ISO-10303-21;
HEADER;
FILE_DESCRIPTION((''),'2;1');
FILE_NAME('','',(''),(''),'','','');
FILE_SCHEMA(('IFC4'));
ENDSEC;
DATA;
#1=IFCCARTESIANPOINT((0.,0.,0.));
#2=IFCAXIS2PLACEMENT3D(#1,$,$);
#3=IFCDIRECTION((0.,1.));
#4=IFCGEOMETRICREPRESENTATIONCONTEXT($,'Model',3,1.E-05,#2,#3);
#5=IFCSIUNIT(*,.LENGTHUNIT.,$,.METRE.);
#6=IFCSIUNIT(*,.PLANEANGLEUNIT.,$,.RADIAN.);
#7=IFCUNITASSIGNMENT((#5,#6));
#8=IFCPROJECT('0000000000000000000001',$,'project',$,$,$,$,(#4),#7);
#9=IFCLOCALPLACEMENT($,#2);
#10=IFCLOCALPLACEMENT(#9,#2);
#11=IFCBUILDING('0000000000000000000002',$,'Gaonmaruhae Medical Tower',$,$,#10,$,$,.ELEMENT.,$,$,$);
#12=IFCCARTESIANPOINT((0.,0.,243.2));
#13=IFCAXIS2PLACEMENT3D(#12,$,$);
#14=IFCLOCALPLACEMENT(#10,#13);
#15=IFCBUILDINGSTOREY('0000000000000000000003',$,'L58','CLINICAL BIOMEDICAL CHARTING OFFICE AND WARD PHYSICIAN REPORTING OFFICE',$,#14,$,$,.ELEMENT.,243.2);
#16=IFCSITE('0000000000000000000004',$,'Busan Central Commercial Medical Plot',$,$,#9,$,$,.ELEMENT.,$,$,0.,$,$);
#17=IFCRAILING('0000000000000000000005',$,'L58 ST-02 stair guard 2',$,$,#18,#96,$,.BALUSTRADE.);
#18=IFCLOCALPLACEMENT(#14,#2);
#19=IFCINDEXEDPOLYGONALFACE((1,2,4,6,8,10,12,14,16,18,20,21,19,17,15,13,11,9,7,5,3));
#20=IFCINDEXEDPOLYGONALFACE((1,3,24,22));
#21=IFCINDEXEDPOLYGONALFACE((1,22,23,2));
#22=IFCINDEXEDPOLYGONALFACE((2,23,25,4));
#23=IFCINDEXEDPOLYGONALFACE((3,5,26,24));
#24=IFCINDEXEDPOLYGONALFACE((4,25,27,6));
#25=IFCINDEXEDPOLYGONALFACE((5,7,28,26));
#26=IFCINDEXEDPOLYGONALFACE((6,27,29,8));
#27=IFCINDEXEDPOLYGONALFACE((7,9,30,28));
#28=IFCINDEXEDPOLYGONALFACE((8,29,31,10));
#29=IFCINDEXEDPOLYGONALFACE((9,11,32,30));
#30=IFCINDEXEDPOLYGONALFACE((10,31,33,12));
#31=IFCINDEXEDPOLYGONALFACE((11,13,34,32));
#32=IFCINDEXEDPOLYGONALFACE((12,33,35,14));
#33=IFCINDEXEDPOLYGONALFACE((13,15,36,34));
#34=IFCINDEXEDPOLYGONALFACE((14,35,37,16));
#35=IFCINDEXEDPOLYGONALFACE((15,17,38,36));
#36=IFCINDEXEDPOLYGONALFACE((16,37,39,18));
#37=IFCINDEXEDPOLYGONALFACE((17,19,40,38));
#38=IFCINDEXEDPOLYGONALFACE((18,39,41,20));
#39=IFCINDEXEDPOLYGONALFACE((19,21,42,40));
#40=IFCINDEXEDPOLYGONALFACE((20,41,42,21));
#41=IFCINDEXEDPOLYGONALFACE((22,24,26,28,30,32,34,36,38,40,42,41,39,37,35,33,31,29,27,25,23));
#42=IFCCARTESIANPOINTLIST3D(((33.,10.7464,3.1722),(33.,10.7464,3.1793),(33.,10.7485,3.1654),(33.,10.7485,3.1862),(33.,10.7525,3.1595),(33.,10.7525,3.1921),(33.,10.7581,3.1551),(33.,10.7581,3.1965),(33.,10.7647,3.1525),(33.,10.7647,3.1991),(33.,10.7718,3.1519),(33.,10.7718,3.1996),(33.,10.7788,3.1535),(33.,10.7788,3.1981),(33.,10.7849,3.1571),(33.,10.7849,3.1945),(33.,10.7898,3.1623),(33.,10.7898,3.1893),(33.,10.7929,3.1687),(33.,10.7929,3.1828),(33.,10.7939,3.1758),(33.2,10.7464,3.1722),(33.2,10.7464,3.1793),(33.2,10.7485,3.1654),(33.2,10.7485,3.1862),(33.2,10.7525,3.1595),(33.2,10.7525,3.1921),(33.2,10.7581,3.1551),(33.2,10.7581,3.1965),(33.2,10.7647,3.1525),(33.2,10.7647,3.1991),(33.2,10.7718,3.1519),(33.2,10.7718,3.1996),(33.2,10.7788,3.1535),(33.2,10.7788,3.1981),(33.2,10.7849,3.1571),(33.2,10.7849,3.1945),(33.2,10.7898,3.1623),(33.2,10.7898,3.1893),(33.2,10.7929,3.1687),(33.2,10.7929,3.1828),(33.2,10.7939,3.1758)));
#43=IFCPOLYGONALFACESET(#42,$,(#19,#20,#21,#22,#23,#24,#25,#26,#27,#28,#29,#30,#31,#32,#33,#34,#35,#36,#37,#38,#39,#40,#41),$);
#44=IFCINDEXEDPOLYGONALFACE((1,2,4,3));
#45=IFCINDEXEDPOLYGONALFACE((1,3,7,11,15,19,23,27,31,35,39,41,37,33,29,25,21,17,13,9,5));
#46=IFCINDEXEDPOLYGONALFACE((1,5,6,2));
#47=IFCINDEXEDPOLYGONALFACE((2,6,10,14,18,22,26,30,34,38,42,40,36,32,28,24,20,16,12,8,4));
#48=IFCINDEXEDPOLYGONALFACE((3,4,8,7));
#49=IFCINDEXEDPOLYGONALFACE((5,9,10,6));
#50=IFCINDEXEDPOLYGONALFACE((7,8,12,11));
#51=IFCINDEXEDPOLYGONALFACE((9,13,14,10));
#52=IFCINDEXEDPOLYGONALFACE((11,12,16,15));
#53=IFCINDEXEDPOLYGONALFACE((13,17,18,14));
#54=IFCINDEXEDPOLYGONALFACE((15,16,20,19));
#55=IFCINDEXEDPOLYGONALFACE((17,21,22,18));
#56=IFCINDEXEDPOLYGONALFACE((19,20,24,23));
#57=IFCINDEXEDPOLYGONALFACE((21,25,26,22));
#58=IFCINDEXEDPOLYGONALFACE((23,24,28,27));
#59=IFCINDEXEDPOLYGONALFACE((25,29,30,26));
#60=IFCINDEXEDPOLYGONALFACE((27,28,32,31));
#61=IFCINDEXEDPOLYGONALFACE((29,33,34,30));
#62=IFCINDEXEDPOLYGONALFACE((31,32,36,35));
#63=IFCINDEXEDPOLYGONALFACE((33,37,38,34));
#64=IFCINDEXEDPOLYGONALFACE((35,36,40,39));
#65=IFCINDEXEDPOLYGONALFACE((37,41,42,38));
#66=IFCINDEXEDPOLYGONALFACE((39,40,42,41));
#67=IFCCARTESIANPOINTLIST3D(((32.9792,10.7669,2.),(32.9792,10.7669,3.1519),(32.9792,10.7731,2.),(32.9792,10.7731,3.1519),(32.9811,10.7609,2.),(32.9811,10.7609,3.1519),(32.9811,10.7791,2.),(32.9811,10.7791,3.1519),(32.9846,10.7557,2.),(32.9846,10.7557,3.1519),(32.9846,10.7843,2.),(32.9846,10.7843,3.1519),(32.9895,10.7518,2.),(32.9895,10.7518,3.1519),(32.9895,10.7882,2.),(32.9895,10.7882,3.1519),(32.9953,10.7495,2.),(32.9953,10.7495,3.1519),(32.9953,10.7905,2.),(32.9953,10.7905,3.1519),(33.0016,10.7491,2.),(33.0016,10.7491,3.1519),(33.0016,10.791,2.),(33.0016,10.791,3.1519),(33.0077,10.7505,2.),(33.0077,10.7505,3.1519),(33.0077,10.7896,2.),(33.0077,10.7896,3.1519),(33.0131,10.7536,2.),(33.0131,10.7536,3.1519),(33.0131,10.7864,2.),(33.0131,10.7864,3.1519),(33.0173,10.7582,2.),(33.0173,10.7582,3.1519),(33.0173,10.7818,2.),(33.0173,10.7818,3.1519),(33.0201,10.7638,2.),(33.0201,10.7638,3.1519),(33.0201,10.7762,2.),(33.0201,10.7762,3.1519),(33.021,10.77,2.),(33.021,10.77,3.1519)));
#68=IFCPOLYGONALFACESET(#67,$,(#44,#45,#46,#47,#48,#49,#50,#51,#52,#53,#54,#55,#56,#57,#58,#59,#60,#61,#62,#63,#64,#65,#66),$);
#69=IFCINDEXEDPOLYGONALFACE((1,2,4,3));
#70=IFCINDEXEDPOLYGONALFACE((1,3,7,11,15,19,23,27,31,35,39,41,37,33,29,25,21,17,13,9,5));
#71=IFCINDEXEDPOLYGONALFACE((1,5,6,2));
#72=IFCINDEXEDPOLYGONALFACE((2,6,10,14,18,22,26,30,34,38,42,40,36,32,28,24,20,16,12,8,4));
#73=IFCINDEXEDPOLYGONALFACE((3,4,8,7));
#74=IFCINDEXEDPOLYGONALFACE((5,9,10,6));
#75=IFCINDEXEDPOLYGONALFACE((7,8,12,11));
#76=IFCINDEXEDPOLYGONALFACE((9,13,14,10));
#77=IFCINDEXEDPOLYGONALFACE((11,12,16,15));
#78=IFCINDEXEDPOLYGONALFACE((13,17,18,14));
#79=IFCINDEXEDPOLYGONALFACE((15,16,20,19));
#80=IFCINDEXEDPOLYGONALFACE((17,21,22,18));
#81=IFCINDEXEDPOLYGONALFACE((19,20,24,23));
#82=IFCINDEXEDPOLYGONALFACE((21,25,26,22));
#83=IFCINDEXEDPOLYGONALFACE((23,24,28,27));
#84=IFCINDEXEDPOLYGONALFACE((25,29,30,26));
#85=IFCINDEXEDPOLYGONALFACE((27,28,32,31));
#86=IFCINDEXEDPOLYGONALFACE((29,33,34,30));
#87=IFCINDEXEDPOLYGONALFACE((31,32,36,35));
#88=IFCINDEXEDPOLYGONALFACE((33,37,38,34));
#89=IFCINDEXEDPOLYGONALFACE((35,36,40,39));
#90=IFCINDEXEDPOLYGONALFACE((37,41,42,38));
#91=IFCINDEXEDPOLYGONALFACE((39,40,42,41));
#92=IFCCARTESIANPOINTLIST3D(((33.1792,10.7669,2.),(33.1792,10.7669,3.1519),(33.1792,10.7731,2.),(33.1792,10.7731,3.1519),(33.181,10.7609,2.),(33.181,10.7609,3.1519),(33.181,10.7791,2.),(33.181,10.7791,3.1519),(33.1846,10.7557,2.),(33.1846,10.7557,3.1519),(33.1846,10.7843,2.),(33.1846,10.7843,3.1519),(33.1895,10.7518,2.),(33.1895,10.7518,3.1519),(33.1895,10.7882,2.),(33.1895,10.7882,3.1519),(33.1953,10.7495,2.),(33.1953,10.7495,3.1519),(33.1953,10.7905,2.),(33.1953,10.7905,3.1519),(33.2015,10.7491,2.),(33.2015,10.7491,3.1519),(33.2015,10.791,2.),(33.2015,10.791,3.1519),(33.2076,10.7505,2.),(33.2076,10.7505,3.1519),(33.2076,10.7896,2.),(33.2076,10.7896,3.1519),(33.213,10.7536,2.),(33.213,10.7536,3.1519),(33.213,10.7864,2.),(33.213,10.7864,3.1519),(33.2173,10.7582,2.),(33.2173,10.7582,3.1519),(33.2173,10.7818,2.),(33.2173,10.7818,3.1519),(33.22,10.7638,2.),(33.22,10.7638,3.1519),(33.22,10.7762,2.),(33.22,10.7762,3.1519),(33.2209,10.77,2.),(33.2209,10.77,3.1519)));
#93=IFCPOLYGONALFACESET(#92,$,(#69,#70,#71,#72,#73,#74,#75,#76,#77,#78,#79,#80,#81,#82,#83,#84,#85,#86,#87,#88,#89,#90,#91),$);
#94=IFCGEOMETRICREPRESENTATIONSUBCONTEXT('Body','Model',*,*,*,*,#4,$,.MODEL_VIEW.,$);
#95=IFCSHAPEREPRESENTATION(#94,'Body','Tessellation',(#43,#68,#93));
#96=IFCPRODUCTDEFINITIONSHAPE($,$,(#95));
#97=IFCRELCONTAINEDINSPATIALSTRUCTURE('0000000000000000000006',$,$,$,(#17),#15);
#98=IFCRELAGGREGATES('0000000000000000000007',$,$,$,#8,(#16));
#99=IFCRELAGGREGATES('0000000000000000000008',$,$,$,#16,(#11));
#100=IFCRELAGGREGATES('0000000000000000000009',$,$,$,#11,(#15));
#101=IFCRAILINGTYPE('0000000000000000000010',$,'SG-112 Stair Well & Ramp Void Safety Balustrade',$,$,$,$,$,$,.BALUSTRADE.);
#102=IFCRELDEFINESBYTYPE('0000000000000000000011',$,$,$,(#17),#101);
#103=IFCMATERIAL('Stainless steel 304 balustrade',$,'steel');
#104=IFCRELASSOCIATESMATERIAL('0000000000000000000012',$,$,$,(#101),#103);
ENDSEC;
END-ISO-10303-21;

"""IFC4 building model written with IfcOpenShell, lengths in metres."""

from ifc_helpers import new_model, si_unit, direction, frame, origin, origin_2d, place, context, subcontext, project, spatial, circle, extrude, material, type_object, element, save


model = new_model("IFC4")

# Units and contexts
model_context = context("Model", 3, precision=1e-05, world=origin(), true_north=direction((0.0, 1.0)))
body_context = subcontext(model_context, "Body", "Model", "MODEL_VIEW")
ifc_project = project(units=[si_unit("LENGTHUNIT", "METRE"), si_unit("PLANEANGLEUNIT", "RADIAN")], contexts=[model_context])

# Site, building, storey
site_placement = place(None, origin())
site = spatial("IfcSite", under=ifc_project, at=site_placement, Name="Busan Central Commercial Medical Plot", CompositionType="ELEMENT", RefElevation=0.0)
building_placement = place(site_placement, origin())
building = spatial("IfcBuilding", under=site, at=building_placement, Name="Gaonmaruhae Medical Tower", CompositionType="ELEMENT")
storey_placement = place(building_placement, frame((0.0, 0.0, 243.2)))
storey = spatial("IfcBuildingStorey", under=building, at=storey_placement, Name="L58", Description="CLINICAL BIOMEDICAL CHARTING OFFICE AND WARD PHYSICIAN REPORTING OFFICE", CompositionType="ELEMENT", Elevation=243.2)

# Railing
ifc_material_1 = material(Name="Stainless steel 304 balustrade", Category="steel")
railing_type_1 = type_object("IfcRailingType", Name="SG-112 Stair Well & Ramp Void Safety Balustrade", PredefinedType="BALUSTRADE", material=ifc_material_1)
railing_1_placement = place(storey_placement, frame((33.0, 10.77, 2.0)))
element("IfcRailing", 1, at=railing_1_placement, inside=storey, type_object=railing_type_1, Name="L58 ST-02 stair guard 2", PredefinedType="BALUSTRADE", context=body_context, shape_type="SweptSolid", body=[
    extrude(circle(Radius=0.0239, at=origin_2d()), frame((0.0, 0.0, 1.1758), z_axis=(1.0, 0.0, 0.0), x_axis=(0.0, 1.0, 0.0)), (0.0, 0.0, 1.0), 0.2),
    extrude(circle(Radius=0.021, at=origin_2d()), origin(), (0.0, 0.0, 1.0), 1.1519),
    extrude(circle(Radius=0.021, at=origin_2d()), frame((0.2, 0.0, 0.0)), (0.0, 0.0, 1.0), 1.1519),
])

save(model, "model.ifc")
